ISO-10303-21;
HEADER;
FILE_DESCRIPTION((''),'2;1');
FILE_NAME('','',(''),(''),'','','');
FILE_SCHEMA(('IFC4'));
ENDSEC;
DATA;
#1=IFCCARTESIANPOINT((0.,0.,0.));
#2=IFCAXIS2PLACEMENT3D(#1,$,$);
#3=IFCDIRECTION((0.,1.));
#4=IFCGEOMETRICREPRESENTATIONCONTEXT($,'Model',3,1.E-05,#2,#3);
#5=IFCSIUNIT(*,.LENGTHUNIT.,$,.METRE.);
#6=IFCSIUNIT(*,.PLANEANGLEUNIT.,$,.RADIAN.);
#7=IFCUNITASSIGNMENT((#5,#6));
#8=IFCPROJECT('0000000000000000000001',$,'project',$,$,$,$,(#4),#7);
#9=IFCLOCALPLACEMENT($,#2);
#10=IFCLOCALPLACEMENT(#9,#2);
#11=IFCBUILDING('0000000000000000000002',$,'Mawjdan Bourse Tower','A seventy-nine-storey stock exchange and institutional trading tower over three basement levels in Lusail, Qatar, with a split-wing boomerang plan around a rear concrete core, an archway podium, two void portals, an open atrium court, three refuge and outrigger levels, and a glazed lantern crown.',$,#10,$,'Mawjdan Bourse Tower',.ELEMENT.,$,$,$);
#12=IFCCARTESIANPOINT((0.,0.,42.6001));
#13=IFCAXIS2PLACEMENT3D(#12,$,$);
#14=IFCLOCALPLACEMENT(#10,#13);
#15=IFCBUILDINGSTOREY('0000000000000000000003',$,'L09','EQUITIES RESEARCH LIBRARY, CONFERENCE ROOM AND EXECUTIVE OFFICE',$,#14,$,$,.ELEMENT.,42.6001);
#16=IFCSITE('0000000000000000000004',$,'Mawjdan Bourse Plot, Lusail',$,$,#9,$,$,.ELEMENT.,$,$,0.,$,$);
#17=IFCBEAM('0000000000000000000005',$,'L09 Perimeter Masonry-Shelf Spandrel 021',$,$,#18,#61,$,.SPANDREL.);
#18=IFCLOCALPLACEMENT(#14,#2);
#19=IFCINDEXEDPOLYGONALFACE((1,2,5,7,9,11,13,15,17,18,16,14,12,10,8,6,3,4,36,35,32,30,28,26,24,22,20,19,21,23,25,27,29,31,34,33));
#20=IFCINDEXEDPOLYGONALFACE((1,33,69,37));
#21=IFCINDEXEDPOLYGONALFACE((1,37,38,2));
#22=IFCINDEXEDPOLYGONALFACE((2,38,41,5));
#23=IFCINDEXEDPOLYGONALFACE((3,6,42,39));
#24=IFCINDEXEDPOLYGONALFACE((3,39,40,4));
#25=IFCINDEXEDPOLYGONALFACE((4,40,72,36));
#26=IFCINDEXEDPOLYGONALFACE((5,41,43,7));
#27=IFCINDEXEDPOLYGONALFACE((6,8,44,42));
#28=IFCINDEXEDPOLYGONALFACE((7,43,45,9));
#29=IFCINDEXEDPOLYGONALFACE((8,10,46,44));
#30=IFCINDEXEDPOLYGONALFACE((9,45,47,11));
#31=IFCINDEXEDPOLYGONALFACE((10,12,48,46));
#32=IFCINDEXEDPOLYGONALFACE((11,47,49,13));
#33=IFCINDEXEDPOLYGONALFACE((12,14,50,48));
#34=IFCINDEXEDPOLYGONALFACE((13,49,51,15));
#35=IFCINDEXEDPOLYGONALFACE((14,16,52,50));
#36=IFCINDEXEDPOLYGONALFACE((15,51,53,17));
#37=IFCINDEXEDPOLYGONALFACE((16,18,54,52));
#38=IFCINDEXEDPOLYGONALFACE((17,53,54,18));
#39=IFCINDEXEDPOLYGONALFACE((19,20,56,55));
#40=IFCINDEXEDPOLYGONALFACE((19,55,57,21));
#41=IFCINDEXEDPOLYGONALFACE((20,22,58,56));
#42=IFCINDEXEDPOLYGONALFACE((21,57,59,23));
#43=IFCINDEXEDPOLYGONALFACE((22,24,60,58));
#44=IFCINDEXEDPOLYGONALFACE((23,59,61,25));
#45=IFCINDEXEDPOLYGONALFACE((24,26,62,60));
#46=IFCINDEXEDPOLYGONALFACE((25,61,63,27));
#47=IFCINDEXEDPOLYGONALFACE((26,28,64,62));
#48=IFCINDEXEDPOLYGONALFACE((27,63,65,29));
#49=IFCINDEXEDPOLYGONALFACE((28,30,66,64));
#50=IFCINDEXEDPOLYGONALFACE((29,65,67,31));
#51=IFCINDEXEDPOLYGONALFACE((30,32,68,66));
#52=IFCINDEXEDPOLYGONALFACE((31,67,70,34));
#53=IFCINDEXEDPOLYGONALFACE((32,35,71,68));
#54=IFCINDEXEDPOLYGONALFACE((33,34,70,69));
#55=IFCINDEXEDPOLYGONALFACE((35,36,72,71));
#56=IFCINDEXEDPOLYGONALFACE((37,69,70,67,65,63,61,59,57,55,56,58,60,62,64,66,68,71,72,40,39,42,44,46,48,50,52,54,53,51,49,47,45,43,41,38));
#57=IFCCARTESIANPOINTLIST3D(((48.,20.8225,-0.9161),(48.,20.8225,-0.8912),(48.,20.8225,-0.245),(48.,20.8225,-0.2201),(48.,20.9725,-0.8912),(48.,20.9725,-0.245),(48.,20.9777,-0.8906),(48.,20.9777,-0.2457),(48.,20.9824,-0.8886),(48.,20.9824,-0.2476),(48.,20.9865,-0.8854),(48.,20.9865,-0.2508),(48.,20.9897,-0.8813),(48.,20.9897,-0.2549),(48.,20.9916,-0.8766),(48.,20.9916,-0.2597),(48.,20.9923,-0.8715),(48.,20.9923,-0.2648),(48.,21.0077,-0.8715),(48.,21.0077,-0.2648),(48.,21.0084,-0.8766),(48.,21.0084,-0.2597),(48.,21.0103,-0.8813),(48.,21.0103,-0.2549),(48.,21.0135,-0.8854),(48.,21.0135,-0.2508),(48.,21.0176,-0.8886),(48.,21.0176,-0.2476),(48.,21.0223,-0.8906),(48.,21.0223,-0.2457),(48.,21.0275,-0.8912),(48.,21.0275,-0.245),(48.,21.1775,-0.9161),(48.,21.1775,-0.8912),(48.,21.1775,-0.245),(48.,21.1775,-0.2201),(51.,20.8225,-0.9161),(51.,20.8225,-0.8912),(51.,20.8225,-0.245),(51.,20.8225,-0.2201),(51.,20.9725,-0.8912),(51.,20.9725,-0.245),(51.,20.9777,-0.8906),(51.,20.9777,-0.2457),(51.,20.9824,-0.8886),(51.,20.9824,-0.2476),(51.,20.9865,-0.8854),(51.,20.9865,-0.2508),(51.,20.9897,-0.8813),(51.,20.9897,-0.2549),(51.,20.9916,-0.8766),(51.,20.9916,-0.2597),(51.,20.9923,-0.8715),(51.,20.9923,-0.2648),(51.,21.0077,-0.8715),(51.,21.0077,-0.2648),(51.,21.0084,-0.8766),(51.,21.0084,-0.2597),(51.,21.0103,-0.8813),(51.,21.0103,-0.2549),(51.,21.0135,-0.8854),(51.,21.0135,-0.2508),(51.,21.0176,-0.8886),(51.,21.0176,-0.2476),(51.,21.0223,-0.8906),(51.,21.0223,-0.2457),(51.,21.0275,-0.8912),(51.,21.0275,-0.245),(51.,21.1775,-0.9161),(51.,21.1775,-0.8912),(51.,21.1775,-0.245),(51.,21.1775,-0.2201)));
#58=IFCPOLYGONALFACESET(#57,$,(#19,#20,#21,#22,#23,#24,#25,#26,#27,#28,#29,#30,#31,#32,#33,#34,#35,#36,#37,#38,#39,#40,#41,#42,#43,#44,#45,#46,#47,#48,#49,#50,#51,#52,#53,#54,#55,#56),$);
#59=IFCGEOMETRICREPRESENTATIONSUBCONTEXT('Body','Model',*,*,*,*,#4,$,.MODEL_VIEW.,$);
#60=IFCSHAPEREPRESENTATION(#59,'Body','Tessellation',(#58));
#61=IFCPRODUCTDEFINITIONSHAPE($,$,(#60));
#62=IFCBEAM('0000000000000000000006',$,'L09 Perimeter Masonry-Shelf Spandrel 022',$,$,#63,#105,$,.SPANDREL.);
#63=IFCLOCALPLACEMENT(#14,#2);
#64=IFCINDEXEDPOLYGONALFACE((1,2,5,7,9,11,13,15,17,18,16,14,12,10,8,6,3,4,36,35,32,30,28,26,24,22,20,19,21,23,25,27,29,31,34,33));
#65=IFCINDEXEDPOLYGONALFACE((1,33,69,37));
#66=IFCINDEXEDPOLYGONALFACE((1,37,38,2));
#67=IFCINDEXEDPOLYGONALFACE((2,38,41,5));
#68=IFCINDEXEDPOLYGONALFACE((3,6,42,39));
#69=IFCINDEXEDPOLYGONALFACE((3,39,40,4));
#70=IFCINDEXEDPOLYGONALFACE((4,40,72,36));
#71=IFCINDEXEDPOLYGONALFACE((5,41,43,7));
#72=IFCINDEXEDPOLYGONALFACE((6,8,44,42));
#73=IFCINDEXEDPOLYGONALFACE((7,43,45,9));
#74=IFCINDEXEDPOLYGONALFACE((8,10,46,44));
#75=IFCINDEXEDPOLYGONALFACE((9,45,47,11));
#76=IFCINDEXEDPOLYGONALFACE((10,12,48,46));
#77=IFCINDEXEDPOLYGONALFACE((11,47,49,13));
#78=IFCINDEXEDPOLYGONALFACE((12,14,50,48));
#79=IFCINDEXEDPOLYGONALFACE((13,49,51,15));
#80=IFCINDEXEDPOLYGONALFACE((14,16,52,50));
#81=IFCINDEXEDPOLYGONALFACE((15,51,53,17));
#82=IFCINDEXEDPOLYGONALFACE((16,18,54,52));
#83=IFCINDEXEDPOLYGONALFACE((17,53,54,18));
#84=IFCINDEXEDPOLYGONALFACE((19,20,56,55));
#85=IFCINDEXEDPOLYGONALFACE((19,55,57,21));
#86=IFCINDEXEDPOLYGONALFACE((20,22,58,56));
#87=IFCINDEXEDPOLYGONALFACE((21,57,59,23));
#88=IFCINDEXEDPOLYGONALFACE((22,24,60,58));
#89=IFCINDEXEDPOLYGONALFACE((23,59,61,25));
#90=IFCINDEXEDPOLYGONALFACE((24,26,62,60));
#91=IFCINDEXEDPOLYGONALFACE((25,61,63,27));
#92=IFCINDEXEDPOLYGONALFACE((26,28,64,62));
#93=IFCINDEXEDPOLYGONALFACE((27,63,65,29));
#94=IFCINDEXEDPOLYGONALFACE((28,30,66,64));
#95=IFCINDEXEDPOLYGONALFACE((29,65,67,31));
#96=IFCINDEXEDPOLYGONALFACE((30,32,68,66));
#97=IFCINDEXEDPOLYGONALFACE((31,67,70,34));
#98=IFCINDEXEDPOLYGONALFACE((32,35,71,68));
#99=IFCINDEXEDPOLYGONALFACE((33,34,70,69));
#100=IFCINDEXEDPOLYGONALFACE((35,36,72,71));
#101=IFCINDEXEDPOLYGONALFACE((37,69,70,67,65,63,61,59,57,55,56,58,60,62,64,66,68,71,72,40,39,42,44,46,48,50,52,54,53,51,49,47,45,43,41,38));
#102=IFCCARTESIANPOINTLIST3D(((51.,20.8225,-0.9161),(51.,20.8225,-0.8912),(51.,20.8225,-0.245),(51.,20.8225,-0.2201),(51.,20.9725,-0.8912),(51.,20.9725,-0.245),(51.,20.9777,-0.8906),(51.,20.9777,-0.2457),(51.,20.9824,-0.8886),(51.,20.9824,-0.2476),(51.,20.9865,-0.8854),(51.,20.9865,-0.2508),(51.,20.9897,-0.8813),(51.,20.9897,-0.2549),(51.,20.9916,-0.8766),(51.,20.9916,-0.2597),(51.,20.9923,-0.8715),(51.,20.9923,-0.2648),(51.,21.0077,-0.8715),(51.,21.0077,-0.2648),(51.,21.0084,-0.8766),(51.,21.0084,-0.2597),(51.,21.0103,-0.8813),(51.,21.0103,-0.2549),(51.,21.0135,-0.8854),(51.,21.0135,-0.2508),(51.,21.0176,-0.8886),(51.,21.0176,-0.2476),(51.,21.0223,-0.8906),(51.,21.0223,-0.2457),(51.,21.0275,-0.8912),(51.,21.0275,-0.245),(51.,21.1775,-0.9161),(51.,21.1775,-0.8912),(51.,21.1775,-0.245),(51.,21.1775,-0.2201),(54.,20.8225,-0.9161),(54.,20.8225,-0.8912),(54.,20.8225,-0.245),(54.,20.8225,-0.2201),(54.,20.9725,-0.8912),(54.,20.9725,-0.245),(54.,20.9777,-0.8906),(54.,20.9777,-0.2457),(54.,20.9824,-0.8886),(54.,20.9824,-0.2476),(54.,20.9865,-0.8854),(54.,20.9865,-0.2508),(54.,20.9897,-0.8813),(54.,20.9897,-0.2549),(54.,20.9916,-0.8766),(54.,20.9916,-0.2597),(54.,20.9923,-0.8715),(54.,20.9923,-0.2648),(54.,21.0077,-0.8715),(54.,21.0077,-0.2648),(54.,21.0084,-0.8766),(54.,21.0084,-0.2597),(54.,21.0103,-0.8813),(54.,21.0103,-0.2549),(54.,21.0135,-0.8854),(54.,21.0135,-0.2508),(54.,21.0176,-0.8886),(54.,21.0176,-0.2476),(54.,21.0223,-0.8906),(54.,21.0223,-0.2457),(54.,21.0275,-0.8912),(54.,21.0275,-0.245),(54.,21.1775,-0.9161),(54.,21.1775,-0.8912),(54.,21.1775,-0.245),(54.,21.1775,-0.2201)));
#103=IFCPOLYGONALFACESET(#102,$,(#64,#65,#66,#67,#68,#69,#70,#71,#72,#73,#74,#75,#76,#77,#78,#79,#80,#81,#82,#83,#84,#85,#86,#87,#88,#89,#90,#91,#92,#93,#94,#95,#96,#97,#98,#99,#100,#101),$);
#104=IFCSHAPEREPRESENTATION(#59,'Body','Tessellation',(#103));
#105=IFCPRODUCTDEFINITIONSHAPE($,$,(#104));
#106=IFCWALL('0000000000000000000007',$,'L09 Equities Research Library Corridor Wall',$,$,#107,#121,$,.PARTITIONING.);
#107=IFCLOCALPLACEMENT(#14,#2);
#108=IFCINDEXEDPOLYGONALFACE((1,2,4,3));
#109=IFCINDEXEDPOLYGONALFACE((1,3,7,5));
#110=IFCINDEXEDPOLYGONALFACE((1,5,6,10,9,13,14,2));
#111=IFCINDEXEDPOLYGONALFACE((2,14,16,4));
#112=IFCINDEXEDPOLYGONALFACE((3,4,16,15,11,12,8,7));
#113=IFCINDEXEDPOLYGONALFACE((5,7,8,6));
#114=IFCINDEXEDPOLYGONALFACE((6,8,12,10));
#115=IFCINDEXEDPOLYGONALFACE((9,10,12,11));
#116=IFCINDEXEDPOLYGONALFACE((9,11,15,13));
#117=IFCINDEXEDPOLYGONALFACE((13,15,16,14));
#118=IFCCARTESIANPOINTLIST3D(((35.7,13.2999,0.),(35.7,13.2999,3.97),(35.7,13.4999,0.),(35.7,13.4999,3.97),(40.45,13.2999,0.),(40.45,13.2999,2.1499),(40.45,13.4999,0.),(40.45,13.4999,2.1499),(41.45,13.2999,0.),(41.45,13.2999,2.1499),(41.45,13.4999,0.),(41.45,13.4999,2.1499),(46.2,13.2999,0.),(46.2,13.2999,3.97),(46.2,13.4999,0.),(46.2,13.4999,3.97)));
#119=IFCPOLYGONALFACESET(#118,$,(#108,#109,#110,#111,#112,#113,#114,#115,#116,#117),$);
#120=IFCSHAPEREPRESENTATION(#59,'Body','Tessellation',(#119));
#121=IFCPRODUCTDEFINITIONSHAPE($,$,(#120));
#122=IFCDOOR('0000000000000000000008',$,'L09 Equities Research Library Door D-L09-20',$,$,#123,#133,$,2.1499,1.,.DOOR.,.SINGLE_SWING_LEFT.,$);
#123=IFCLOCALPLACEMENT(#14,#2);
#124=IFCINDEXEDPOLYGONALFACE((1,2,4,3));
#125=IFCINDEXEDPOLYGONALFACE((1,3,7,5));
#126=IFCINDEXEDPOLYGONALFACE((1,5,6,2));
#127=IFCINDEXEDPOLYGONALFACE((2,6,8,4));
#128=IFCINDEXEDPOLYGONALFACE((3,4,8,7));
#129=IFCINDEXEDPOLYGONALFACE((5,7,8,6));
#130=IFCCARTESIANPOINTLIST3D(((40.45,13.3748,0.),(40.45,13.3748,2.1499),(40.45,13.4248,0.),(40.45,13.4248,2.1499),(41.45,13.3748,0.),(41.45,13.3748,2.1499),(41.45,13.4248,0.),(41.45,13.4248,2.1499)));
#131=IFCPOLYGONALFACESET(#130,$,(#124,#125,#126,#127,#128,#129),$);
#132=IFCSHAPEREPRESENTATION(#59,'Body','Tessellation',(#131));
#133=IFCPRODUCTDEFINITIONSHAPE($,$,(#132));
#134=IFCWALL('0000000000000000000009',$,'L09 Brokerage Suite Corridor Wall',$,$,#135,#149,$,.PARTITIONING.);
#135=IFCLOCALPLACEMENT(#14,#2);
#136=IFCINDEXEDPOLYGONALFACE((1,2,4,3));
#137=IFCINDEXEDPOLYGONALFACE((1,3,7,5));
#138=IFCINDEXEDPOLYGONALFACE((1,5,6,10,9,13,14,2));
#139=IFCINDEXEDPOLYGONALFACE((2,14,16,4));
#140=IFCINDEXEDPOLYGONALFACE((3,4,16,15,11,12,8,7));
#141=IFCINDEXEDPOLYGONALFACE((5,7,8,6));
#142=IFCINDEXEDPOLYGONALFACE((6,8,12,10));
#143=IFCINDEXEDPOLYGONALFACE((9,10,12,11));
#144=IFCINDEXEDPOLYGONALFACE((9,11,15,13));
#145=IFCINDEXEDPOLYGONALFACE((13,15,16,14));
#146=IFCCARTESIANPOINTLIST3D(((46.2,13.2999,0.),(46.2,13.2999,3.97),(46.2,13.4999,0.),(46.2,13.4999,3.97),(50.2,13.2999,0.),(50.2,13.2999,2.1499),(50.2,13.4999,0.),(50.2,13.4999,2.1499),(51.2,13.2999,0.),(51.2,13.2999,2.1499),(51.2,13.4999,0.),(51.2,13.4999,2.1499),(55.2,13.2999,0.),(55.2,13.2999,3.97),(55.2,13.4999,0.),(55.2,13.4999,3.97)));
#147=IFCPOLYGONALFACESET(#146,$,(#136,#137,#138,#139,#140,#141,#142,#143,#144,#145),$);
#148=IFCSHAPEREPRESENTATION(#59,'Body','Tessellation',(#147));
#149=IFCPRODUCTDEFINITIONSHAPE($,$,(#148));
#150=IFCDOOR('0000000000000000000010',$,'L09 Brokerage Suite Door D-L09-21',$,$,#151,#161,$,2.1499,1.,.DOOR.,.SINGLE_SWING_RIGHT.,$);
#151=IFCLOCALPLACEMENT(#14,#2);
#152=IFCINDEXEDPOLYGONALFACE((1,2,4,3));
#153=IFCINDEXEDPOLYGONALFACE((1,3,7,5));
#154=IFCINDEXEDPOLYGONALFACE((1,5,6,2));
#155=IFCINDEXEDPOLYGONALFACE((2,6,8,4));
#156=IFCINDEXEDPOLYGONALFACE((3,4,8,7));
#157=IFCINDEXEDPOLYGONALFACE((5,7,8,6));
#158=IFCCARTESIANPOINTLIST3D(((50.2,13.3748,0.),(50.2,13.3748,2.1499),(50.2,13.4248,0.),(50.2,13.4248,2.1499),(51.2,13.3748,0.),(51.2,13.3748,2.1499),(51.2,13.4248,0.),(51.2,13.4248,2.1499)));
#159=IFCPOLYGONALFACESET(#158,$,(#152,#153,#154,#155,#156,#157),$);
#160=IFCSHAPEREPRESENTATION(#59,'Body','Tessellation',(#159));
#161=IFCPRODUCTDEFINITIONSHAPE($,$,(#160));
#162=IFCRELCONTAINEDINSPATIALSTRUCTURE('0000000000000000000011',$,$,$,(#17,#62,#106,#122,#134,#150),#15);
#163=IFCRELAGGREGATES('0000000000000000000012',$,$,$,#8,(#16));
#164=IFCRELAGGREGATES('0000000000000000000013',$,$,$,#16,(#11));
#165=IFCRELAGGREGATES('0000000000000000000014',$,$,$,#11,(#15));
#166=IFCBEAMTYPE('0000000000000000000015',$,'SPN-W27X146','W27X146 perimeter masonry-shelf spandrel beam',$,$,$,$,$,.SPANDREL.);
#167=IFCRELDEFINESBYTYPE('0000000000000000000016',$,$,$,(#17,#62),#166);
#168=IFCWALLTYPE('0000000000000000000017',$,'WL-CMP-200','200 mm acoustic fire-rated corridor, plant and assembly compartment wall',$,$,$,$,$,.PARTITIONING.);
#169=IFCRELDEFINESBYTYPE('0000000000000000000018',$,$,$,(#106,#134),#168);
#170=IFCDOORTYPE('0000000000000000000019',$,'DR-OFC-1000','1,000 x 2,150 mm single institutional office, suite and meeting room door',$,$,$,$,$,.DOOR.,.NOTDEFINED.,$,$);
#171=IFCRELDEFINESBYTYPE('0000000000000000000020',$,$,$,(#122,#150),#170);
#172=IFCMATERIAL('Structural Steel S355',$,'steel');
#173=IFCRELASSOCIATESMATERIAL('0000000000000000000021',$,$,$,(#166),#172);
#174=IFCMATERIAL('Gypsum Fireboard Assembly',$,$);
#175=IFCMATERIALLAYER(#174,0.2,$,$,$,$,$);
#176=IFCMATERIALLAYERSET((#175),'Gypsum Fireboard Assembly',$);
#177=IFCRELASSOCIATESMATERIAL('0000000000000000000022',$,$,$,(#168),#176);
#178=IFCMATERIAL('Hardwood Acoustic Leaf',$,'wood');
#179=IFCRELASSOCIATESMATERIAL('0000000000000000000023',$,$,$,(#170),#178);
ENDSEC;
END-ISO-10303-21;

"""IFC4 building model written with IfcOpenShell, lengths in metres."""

from ifc_helpers import new_model, si_unit, direction, frame, frame_2d, origin, origin_2d, place, context, subcontext, project, spatial, rectangle, i_section, extrude, material, layer, layer_set, material_profile, profile_set, type_object, element, fill, save


model = new_model("IFC4")

# Units and contexts
model_context = context("Model", 3, precision=1e-05, world=origin(), true_north=direction((0.0, 1.0)))
body_context = subcontext(model_context, "Body", "Model", "MODEL_VIEW")
ifc_project = project(units=[si_unit("LENGTHUNIT", "METRE"), si_unit("PLANEANGLEUNIT", "RADIAN")], contexts=[model_context])

# Site, building, storey
site_placement = place(None, origin())
site = spatial("IfcSite", under=ifc_project, at=site_placement, Name="Mawjdan Bourse Plot, Lusail", CompositionType="ELEMENT", RefElevation=0.0)
building_placement = place(site_placement, origin())
building = spatial("IfcBuilding", under=site, at=building_placement, Name="Mawjdan Bourse Tower", Description="A seventy-nine-storey stock exchange and institutional trading tower over three basement levels in Lusail, Qatar, with a split-wing boomerang plan around a rear concrete core, an archway podium, two void portals, an open atrium court, three refuge and outrigger levels, and a glazed lantern crown.", LongName="Mawjdan Bourse Tower", CompositionType="ELEMENT")
storey_placement = place(building_placement, frame((0.0, 0.0, 42.6001)))
storey = spatial("IfcBuildingStorey", under=building, at=storey_placement, Name="L09", Description="EQUITIES RESEARCH LIBRARY, CONFERENCE ROOM AND EXECUTIVE OFFICE", CompositionType="ELEMENT", Elevation=42.6001)

# Beams
ifc_material_1 = material(Name="Structural Steel S355", Category="steel")
ifc_material_profile_1 = material_profile(ifc_material_1, i_section(OverallWidth=0.355, OverallDepth=0.696, WebThickness=0.0154, FlangeThickness=0.0249, FilletRadius=0.0198, at=origin_2d()), Name="W27X146")
ifc_profile_set_1 = profile_set([ifc_material_profile_1], Name="Structural Steel S355")
beam_type_1 = type_object("IfcBeamType", Name="SPN-W27X146", Description="W27X146 perimeter masonry-shelf spandrel beam", PredefinedType="SPANDREL", material=ifc_profile_set_1)
for number, where, z_axis, x_axis, name in (
    (1, (48.0, 21.0, -0.5681), (1.0, 0.0, 0.0), (0.0, 1.0, 0.0), "L09 Perimeter Masonry-Shelf Spandrel 021"),
    (2, (51.0, 21.0, -0.5681), (1.0, 0.0, 0.0), (0.0, 1.0, 0.0), "L09 Perimeter Masonry-Shelf Spandrel 022"),
):
    element("IfcBeam", number, at=place(storey_placement, frame(where, z_axis=z_axis, x_axis=x_axis)), inside=storey, type_object=beam_type_1, Name=name, PredefinedType="SPANDREL", context=body_context, shape_type="SweptSolid", body=[
        extrude(i_section(OverallWidth=0.355, OverallDepth=0.696, WebThickness=0.0154, FlangeThickness=0.0249, FilletRadius=0.0198, at=origin_2d()), origin(), (0.0, 0.0, 1.0), 3.0),
    ])

# Walls, openings, doors
ifc_material_2 = material(Name="Gypsum Fireboard Assembly")
ifc_layer_1 = layer(ifc_material_2, 0.2)
ifc_layer_set_1 = layer_set([ifc_layer_1], Name="Gypsum Fireboard Assembly")
wall_type_1 = type_object("IfcWallType", Name="WL-CMP-200", Description="200 mm acoustic fire-rated corridor, plant and assembly compartment wall", PredefinedType="PARTITIONING", material=ifc_layer_set_1)
wall_1_placement = place(storey_placement, frame((35.7, 13.3999, 0.0), z_axis=(0.0, 0.0, 1.0), x_axis=(1.0, 0.0, 0.0)))
wall_1 = element("IfcWall", 3, at=wall_1_placement, inside=storey, type_object=wall_type_1, Name="L09 Equities Research Library Corridor Wall", PredefinedType="PARTITIONING", context=body_context, shape_type="SweptSolid", body=[
    extrude(rectangle(XDim=10.5, YDim=0.2, at=frame_2d((5.25, 0.0))), origin(), (0.0, 0.0, 1.0), 3.97),
])
opening_1_placement = place(wall_1_placement, frame((4.75, 0.0, 0.0)))
opening_1 = element("IfcOpeningElement", 4, at=opening_1_placement, cuts=wall_1, PredefinedType="OPENING", context=body_context, shape_type="SweptSolid", body=[
    extrude(rectangle(XDim=1.0, YDim=2.1499, at=frame_2d((0.5, 1.075))), frame((0.0, 0.1099, 0.0), z_axis=(0.0, -1.0, 0.0), x_axis=(1.0, 0.0, 0.0)), (0.0, 0.0, 1.0), 0.22),
])
ifc_material_3 = material(Name="Hardwood Acoustic Leaf", Category="wood")
door_type_1 = type_object("IfcDoorType", Name="DR-OFC-1000", Description="1,000 x 2,150 mm single institutional office, suite and meeting room door", OperationType="NOTDEFINED", PredefinedType="DOOR", material=ifc_material_3)
door_1_placement = place(opening_1_placement, origin())
door_1 = element("IfcDoor", 5, at=door_1_placement, inside=storey, type_object=door_type_1, Name="L09 Equities Research Library Door D-L09-20", OperationType="SINGLE_SWING_LEFT", OverallHeight=2.1499, OverallWidth=1.0, PredefinedType="DOOR", context=body_context, shape_type="SweptSolid", body=[
    extrude(rectangle(XDim=1.0, YDim=2.1499, at=frame_2d((0.5, 1.075))), frame((0.0, 0.0249, 0.0), z_axis=(0.0, -1.0, 0.0), x_axis=(1.0, 0.0, 0.0)), (0.0, 0.0, 1.0), 0.05),
])
fill(opening_1, door_1)
wall_2_placement = place(storey_placement, frame((46.2, 13.3999, 0.0), z_axis=(0.0, 0.0, 1.0), x_axis=(1.0, 0.0, 0.0)))
wall_2 = element("IfcWall", 6, at=wall_2_placement, inside=storey, type_object=wall_type_1, Name="L09 Brokerage Suite Corridor Wall", PredefinedType="PARTITIONING", context=body_context, shape_type="SweptSolid", body=[
    extrude(rectangle(XDim=9.0, YDim=0.2, at=frame_2d((4.5, 0.0))), origin(), (0.0, 0.0, 1.0), 3.97),
])
opening_2_placement = place(wall_2_placement, frame((4.0, 0.0, 0.0)))
opening_2 = element("IfcOpeningElement", 7, at=opening_2_placement, cuts=wall_2, PredefinedType="OPENING", context=body_context, shape_type="SweptSolid", body=[
    extrude(rectangle(XDim=1.0, YDim=2.1499, at=frame_2d((0.5, 1.075))), frame((0.0, 0.1099, 0.0), z_axis=(0.0, -1.0, 0.0), x_axis=(1.0, 0.0, 0.0)), (0.0, 0.0, 1.0), 0.22),
])
door_2_placement = place(opening_2_placement, origin())
door_2 = element("IfcDoor", 8, at=door_2_placement, inside=storey, type_object=door_type_1, Name="L09 Brokerage Suite Door D-L09-21", OperationType="SINGLE_SWING_RIGHT", OverallHeight=2.1499, OverallWidth=1.0, PredefinedType="DOOR", context=body_context, shape_type="SweptSolid", body=[
    extrude(rectangle(XDim=1.0, YDim=2.1499, at=frame_2d((0.5, 1.075))), frame((0.0, 0.0249, 0.0), z_axis=(0.0, -1.0, 0.0), x_axis=(1.0, 0.0, 0.0)), (0.0, 0.0, 1.0), 0.05),
])
fill(opening_2, door_2)

save(model, "model.ifc")
